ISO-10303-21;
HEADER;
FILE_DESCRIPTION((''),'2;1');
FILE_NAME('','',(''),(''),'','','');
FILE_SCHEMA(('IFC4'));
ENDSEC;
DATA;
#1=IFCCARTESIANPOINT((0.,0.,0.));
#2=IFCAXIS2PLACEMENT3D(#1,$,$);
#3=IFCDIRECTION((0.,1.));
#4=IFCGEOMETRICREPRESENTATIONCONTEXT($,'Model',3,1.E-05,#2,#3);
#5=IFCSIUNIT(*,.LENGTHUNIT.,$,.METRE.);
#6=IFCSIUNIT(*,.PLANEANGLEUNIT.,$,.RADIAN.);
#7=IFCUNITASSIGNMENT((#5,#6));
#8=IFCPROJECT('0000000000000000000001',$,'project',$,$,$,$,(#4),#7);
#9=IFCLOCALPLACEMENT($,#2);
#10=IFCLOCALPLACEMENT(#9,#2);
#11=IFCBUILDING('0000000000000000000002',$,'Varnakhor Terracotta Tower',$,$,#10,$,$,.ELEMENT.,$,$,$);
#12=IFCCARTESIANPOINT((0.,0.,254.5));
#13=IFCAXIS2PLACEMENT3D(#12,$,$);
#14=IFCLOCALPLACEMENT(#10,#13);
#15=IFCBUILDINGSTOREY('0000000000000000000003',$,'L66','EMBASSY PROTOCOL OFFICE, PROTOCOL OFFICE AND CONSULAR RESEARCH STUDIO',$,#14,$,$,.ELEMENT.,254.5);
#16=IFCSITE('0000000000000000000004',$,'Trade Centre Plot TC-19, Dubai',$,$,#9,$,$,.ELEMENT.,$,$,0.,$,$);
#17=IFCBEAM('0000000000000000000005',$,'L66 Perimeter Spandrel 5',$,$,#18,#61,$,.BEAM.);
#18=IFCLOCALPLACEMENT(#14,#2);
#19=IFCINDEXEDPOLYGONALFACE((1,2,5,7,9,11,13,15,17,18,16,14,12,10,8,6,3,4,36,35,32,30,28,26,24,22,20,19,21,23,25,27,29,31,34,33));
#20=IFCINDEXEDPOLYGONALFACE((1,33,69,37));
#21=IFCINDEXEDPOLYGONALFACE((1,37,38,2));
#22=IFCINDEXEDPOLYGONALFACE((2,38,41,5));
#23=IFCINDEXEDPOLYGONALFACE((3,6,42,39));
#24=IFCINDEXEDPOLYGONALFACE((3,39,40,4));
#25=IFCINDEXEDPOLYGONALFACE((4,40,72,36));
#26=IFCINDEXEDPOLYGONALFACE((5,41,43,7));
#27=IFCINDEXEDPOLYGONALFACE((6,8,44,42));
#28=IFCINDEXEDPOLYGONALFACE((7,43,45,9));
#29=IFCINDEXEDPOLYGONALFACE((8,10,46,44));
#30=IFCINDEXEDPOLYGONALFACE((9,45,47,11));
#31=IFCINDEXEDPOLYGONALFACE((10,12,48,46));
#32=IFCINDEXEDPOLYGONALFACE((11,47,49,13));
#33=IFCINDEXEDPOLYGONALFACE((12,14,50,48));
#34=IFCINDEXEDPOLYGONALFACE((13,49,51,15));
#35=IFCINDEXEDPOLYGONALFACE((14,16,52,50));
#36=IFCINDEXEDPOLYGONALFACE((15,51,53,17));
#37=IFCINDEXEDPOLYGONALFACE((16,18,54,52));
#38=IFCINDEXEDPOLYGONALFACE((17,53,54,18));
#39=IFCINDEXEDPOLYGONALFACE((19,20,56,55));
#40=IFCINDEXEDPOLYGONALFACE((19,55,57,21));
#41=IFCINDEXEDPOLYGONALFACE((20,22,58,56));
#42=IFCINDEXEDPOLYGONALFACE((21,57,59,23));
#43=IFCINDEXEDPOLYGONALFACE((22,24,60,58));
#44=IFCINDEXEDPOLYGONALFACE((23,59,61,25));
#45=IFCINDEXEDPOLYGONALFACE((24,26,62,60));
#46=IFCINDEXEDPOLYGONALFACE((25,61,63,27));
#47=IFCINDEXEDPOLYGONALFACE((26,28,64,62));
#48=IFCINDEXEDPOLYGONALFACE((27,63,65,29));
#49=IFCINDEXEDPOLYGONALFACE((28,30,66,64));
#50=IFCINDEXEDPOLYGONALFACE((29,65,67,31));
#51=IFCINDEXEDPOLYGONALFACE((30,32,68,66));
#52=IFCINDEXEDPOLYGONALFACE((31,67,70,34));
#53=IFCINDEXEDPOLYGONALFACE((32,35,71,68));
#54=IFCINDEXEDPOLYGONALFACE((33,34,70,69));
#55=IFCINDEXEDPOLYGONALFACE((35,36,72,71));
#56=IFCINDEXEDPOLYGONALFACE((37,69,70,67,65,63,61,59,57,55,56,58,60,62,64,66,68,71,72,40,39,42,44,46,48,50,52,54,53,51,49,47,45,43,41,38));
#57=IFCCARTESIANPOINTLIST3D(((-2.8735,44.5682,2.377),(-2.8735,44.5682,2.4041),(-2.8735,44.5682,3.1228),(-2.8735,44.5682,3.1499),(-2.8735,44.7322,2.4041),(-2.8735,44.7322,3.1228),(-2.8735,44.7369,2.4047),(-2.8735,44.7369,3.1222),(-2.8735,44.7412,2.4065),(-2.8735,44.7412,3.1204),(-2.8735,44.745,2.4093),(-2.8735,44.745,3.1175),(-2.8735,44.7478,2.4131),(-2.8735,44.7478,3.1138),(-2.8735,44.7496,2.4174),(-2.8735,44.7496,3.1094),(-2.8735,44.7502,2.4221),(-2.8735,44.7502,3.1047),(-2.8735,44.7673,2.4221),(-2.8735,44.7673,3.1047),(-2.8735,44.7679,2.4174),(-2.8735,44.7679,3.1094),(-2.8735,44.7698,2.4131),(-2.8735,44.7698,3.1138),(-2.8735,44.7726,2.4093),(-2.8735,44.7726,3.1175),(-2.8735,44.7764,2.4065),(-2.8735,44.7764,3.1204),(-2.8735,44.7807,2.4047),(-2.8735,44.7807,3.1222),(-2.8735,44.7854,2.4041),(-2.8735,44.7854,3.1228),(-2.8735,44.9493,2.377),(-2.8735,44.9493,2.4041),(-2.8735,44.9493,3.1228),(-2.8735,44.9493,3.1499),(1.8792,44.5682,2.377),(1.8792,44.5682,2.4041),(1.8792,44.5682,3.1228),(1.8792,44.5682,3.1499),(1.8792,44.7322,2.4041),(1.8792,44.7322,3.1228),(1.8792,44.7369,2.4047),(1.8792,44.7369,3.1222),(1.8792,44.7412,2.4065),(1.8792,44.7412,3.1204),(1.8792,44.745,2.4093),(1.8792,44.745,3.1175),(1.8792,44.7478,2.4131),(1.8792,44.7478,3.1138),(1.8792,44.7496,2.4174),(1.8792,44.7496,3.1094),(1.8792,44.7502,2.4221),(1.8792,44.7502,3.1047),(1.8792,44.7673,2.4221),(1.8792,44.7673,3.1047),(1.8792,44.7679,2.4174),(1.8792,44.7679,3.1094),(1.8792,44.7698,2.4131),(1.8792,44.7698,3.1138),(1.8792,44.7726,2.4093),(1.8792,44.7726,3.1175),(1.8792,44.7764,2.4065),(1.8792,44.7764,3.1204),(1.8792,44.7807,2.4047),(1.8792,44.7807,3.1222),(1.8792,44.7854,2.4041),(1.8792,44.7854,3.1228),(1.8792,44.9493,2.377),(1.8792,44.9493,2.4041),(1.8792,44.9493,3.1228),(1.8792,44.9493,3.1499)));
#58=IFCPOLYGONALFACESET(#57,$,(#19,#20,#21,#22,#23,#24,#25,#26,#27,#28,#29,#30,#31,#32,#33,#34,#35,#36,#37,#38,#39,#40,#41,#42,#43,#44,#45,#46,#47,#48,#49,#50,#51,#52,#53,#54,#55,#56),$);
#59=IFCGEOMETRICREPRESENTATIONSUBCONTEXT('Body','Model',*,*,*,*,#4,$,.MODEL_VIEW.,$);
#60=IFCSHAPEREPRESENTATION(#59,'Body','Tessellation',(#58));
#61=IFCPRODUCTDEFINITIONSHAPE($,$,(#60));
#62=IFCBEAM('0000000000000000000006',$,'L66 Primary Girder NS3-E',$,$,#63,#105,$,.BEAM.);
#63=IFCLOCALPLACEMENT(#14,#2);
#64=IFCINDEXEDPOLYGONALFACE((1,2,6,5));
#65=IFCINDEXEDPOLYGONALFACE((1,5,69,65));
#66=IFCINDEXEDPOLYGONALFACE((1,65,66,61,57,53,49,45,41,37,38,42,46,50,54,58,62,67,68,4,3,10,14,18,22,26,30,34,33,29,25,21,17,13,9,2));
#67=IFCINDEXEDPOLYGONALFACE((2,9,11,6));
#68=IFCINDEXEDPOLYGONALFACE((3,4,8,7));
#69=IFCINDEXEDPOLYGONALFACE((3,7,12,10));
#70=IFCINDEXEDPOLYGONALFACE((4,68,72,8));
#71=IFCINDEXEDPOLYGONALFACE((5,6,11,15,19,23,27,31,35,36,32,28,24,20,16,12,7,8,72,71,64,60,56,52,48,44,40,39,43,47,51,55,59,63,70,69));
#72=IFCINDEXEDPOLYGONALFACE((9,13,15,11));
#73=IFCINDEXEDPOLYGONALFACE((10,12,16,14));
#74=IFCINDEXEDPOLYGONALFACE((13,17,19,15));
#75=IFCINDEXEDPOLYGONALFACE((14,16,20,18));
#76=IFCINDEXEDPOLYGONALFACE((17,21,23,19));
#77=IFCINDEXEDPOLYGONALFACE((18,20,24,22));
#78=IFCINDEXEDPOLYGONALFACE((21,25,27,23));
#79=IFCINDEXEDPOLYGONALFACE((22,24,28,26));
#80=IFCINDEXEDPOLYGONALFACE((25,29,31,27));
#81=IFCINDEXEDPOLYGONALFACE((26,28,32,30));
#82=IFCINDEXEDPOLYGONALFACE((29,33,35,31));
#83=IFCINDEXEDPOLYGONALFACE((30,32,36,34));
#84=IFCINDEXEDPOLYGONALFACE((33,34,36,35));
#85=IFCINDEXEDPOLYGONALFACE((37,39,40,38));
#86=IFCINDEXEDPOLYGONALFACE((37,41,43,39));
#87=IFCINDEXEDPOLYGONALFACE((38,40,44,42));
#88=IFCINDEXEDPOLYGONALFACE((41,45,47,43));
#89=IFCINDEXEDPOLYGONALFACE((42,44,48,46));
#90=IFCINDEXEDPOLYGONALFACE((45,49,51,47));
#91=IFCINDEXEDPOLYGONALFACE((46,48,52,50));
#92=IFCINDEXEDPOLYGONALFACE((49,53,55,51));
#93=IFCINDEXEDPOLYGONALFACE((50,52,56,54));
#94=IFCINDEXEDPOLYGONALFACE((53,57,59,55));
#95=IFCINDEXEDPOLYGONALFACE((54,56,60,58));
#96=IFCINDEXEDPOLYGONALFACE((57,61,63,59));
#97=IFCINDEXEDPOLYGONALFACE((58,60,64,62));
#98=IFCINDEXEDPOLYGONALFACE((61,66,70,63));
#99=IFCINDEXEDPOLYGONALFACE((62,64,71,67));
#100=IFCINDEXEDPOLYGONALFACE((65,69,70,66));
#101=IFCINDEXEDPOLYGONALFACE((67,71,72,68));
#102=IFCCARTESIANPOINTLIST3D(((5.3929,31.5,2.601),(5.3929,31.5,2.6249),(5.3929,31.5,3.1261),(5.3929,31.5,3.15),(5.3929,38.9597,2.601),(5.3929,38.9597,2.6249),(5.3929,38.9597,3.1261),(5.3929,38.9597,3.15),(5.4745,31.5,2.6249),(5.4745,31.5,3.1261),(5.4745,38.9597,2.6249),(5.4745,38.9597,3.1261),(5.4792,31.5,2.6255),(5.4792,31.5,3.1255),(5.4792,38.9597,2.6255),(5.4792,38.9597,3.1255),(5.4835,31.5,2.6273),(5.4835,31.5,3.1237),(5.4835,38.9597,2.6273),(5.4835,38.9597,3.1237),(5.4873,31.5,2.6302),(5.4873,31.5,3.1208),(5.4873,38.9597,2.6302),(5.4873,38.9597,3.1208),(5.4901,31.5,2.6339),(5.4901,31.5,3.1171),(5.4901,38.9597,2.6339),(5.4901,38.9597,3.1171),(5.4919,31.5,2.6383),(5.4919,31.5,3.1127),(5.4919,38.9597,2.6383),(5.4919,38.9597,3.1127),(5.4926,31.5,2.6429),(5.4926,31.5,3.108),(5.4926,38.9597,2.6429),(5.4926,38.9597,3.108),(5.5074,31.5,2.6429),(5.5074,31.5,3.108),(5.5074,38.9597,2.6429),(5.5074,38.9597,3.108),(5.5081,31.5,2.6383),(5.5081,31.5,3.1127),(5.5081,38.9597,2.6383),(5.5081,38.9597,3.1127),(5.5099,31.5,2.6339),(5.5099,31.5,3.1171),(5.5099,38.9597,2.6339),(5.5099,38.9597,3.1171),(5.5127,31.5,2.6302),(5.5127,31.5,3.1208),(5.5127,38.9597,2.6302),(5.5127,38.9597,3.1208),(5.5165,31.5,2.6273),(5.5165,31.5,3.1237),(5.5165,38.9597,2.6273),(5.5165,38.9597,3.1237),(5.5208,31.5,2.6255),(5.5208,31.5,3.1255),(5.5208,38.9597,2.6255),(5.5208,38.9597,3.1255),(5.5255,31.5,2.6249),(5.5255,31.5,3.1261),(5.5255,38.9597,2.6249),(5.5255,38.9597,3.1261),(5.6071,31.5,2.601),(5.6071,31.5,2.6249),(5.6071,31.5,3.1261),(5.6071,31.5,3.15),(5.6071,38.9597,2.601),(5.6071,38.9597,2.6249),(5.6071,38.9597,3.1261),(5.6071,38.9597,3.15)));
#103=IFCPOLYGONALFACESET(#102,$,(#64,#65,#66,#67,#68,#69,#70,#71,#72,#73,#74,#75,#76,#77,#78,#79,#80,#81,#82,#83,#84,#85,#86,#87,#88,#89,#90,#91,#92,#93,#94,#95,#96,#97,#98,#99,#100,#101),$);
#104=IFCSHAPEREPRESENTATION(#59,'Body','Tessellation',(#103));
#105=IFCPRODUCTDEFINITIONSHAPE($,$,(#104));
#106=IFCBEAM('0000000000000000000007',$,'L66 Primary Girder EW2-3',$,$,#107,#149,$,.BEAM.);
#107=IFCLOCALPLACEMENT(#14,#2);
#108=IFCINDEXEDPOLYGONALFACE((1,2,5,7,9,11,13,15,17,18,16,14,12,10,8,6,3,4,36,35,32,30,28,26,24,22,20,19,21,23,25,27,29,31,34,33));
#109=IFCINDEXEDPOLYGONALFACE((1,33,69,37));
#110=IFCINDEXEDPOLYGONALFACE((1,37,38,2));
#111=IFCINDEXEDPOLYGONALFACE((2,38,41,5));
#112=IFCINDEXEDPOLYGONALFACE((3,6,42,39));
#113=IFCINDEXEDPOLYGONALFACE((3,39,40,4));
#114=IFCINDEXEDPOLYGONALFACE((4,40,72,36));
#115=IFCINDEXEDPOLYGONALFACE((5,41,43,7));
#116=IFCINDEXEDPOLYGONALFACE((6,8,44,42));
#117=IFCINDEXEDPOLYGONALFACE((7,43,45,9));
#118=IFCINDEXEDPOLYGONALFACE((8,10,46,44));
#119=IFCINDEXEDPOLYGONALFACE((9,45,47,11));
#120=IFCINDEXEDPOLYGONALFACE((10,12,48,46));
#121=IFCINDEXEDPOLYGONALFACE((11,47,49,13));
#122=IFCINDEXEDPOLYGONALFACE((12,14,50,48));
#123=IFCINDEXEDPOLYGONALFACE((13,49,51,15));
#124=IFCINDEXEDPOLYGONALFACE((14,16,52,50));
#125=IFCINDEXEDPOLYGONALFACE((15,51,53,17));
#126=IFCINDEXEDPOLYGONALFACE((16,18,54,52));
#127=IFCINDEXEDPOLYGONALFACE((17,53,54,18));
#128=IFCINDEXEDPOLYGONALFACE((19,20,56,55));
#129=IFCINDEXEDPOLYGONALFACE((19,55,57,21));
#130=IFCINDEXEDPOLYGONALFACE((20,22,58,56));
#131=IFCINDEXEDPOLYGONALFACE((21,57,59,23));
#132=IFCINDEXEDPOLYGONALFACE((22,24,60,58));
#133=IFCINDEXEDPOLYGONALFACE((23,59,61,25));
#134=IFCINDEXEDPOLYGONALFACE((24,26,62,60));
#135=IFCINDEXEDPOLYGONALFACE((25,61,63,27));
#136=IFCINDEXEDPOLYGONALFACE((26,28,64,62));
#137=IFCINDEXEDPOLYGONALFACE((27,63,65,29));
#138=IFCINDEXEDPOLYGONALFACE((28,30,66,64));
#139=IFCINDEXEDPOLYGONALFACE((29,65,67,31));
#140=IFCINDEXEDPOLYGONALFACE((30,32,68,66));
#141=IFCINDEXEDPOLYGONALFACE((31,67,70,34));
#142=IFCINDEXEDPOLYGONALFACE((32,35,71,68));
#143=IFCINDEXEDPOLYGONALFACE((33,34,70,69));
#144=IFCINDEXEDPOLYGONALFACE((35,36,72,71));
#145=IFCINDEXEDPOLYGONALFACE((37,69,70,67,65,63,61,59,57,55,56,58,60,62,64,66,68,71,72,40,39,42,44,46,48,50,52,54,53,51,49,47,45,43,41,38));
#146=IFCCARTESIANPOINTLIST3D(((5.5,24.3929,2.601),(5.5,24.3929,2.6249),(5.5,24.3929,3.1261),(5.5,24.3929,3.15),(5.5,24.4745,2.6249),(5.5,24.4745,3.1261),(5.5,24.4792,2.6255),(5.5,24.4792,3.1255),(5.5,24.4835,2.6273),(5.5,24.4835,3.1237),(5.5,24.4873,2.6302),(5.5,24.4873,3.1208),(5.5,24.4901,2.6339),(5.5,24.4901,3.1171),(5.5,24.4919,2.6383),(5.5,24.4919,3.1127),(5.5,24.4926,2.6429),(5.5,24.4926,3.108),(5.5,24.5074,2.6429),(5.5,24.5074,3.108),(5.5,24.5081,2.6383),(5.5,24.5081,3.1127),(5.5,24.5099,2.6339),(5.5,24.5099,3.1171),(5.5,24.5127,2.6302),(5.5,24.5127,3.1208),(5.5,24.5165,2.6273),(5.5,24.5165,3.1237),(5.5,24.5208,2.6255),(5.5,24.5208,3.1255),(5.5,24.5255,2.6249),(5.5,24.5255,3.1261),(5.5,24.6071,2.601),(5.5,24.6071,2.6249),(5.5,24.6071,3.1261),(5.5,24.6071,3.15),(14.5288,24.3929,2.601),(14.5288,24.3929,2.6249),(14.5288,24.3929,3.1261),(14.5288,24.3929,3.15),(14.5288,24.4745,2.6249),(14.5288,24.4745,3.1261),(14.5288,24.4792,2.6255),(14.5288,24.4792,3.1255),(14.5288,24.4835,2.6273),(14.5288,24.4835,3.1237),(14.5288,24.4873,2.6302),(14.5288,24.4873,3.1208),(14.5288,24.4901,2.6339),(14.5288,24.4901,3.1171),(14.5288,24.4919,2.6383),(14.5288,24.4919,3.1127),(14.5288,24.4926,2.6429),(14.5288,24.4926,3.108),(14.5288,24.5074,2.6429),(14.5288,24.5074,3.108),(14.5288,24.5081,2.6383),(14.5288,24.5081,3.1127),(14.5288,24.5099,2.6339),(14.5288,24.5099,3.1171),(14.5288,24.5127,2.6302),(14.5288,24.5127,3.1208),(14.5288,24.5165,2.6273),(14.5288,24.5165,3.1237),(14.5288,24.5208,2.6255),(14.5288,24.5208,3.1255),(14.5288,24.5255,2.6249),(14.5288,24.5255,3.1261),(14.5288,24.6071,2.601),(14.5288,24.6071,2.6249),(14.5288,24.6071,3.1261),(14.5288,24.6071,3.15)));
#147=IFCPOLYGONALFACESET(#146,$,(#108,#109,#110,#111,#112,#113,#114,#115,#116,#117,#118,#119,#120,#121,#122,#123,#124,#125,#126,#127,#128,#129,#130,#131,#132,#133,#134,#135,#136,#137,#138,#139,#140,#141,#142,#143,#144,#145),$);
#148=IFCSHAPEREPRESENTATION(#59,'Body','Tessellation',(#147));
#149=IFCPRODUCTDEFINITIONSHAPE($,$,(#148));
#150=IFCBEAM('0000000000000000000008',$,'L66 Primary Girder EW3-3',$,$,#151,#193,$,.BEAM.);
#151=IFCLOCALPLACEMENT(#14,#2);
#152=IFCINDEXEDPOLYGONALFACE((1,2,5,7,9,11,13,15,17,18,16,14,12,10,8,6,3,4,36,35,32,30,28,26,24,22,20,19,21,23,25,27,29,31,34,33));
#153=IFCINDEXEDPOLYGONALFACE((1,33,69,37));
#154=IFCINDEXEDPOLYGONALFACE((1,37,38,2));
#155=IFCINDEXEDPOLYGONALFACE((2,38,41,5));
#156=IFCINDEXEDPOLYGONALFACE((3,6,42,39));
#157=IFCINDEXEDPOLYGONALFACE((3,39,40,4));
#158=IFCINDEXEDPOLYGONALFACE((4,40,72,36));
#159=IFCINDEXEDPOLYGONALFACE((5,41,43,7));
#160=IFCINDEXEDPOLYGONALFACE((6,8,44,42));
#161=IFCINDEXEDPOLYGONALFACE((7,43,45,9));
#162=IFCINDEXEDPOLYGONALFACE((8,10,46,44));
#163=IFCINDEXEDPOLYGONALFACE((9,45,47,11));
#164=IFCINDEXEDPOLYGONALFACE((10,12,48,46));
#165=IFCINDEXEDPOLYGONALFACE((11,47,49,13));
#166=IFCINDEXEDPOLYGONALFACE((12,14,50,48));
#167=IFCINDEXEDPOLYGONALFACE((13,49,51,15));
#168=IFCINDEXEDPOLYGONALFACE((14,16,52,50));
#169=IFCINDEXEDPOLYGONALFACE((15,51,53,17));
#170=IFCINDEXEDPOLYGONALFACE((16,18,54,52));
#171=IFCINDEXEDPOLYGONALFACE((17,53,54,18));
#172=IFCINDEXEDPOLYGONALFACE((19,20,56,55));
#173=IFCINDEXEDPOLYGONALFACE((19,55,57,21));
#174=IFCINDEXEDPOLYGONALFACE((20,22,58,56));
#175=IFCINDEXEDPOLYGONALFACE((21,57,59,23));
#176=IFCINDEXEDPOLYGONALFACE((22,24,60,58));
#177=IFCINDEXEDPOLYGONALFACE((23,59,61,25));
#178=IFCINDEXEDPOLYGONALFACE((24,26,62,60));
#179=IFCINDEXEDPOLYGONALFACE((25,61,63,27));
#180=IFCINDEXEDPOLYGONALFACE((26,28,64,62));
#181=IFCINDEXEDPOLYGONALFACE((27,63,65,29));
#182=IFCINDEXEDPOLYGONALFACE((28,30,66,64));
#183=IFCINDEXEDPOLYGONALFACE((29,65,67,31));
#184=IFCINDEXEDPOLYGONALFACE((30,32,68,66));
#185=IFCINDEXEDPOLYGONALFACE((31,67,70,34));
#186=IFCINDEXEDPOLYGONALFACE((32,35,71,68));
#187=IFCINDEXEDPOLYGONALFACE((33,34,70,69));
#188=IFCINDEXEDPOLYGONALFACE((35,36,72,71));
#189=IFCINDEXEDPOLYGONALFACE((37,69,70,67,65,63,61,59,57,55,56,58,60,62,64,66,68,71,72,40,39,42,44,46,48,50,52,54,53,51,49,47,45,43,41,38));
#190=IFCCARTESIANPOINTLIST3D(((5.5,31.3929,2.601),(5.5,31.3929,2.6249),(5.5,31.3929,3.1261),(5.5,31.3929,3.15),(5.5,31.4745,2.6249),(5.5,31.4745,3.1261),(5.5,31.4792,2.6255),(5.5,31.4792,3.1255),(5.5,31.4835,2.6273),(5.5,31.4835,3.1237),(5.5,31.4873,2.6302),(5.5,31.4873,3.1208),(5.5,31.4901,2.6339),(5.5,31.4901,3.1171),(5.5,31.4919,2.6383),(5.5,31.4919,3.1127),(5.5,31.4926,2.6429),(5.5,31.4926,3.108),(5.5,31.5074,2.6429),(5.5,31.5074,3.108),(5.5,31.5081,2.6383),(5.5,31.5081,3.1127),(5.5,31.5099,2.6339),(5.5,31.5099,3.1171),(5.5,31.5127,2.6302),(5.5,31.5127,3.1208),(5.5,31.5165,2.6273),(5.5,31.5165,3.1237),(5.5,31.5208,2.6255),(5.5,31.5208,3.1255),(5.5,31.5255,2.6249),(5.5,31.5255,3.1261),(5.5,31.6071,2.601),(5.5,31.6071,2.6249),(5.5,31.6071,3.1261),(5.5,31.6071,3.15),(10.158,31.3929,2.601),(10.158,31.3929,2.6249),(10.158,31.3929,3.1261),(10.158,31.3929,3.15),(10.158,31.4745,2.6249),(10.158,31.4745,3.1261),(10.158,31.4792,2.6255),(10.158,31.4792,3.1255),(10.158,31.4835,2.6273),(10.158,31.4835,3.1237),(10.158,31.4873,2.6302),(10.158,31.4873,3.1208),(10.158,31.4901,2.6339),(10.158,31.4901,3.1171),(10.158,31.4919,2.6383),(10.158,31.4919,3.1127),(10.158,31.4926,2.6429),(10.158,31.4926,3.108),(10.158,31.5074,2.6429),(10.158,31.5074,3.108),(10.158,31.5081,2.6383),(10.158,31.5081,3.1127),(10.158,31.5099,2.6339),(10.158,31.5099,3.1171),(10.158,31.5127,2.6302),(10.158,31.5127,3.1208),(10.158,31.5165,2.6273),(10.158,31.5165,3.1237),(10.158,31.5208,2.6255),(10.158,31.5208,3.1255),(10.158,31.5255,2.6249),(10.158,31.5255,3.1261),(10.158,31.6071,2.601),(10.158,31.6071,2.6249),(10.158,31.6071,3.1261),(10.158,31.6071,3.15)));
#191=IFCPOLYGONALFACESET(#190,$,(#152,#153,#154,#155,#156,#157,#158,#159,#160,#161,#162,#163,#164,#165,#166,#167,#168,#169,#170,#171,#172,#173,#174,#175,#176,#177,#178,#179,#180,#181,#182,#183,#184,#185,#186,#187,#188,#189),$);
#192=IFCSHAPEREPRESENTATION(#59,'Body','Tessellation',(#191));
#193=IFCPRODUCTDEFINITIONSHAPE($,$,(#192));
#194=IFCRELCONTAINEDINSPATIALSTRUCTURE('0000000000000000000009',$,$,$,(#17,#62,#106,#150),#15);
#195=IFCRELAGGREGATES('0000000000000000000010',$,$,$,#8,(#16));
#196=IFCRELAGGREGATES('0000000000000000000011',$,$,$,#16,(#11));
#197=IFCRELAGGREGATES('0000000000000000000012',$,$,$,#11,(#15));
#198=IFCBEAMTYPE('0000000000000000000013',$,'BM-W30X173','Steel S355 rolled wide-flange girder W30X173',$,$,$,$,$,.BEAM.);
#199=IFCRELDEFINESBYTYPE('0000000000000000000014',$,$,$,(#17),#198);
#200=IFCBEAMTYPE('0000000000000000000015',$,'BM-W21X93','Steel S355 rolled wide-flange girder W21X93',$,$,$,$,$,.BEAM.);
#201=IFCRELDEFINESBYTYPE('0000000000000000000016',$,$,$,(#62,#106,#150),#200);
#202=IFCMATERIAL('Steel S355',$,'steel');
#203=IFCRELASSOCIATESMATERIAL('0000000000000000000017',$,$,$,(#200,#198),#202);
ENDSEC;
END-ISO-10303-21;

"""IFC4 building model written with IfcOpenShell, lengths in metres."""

from ifc_helpers import new_model, si_unit, direction, frame, origin, origin_2d, place, context, subcontext, project, spatial, i_section, extrude, source, transform, mapped, material, material_profile, profile_set, type_object, element, save


model = new_model("IFC4")

# Units and contexts
model_context = context("Model", 3, precision=1e-05, world=origin(), true_north=direction((0.0, 1.0)))
body_context = subcontext(model_context, "Body", "Model", "MODEL_VIEW")
ifc_project = project(units=[si_unit("LENGTHUNIT", "METRE"), si_unit("PLANEANGLEUNIT", "RADIAN")], contexts=[model_context])

# Site, building, storey
site_placement = place(None, origin())
site = spatial("IfcSite", under=ifc_project, at=site_placement, Name="Trade Centre Plot TC-19, Dubai", CompositionType="ELEMENT", RefElevation=0.0)
building_placement = place(site_placement, origin())
building = spatial("IfcBuilding", under=site, at=building_placement, Name="Varnakhor Terracotta Tower", CompositionType="ELEMENT")
storey_placement = place(building_placement, frame((0.0, 0.0, 254.5)))
storey = spatial("IfcBuildingStorey", under=building, at=storey_placement, Name="L66", Description="EMBASSY PROTOCOL OFFICE, PROTOCOL OFFICE AND CONSULAR RESEARCH STUDIO", CompositionType="ELEMENT", Elevation=254.5)

# Beams
ifc_material_1 = material(Name="Steel S355", Category="steel")
ifc_material_profile_1 = material_profile(ifc_material_1, i_section(OverallWidth=0.2141, OverallDepth=0.5491, WebThickness=0.0149, FlangeThickness=0.0239, FilletRadius=0.0181, at=origin_2d()), Name="W21X93")
ifc_profile_set_1 = profile_set([ifc_material_profile_1], Name="Steel S355")
beam_type_1 = type_object("IfcBeamType", Name="BM-W21X93", Description="Steel S355 rolled wide-flange girder W21X93", PredefinedType="BEAM", material=ifc_profile_set_1)
ifc_material_profile_2 = material_profile(ifc_material_1, i_section(OverallWidth=0.3811, OverallDepth=0.7729, WebThickness=0.0171, FlangeThickness=0.0271, FilletRadius=0.0181, at=origin_2d()), Name="W30X173")
ifc_profile_set_2 = profile_set([ifc_material_profile_2], Name="Steel S355")
beam_type_2 = type_object("IfcBeamType", Name="BM-W30X173", Description="Steel S355 rolled wide-flange girder W30X173", PredefinedType="BEAM", material=ifc_profile_set_2)
shared_shape_1 = source(origin(), body_context, "Body", "SweptSolid", [
    extrude(i_section(OverallWidth=0.3811, OverallDepth=0.7729, WebThickness=0.0171, FlangeThickness=0.0271, FilletRadius=0.0181, at=origin_2d()), origin(), (0.0, 0.0, 1.0), 4.7527),
])
beam_1_placement = place(storey_placement, frame((1.8792, 44.7588, 2.7634), z_axis=(-1.0, 0.0, 0.0), x_axis=(0.0, -1.0, 0.0)))
element("IfcBeam", 1, at=beam_1_placement, inside=storey, type_object=beam_type_2, Name="L66 Perimeter Spandrel 5", PredefinedType="BEAM", context=body_context, shape_type="MappedRepresentation", body=[
    mapped(shared_shape_1, transform((0.0, 0.0, 0.0), scale=1.0)),
])
shared_shape_2 = source(origin(), body_context, "Body", "SweptSolid", [
    extrude(i_section(OverallWidth=0.2141, OverallDepth=0.5491, WebThickness=0.0149, FlangeThickness=0.0239, FilletRadius=0.0181, at=origin_2d()), origin(), (0.0, 0.0, 1.0), 7.4597),
])
beam_2_placement = place(storey_placement, frame((5.5, 31.5, 2.8755), z_axis=(0.0, 1.0, 0.0), x_axis=(-1.0, 0.0, 0.0)))
element("IfcBeam", 2, at=beam_2_placement, inside=storey, type_object=beam_type_1, Name="L66 Primary Girder NS3-E", PredefinedType="BEAM", context=body_context, shape_type="MappedRepresentation", body=[
    mapped(shared_shape_2, transform((0.0, 0.0, 0.0), scale=1.0)),
])
shared_shape_3 = source(origin(), body_context, "Body", "SweptSolid", [
    extrude(i_section(OverallWidth=0.2141, OverallDepth=0.5491, WebThickness=0.0149, FlangeThickness=0.0239, FilletRadius=0.0181, at=origin_2d()), origin(), (0.0, 0.0, 1.0), 9.0288),
])
beam_3_placement = place(storey_placement, frame((5.5, 24.5, 2.8755), z_axis=(1.0, 0.0, 0.0), x_axis=(0.0, 1.0, 0.0)))
element("IfcBeam", 3, at=beam_3_placement, inside=storey, type_object=beam_type_1, Name="L66 Primary Girder EW2-3", PredefinedType="BEAM", context=body_context, shape_type="MappedRepresentation", body=[
    mapped(shared_shape_3, transform((0.0, 0.0, 0.0), scale=1.0)),
])
shared_shape_4 = source(origin(), body_context, "Body", "SweptSolid", [
    extrude(i_section(OverallWidth=0.2141, OverallDepth=0.5491, WebThickness=0.0149, FlangeThickness=0.0239, FilletRadius=0.0181, at=origin_2d()), origin(), (0.0, 0.0, 1.0), 4.658),
])
beam_4_placement = place(storey_placement, frame((5.5, 31.5, 2.8755), z_axis=(1.0, 0.0, 0.0), x_axis=(0.0, 1.0, 0.0)))
element("IfcBeam", 4, at=beam_4_placement, inside=storey, type_object=beam_type_1, Name="L66 Primary Girder EW3-3", PredefinedType="BEAM", context=body_context, shape_type="MappedRepresentation", body=[
    mapped(shared_shape_4, transform((0.0, 0.0, 0.0), scale=1.0)),
])

save(model, "model.ifc")
